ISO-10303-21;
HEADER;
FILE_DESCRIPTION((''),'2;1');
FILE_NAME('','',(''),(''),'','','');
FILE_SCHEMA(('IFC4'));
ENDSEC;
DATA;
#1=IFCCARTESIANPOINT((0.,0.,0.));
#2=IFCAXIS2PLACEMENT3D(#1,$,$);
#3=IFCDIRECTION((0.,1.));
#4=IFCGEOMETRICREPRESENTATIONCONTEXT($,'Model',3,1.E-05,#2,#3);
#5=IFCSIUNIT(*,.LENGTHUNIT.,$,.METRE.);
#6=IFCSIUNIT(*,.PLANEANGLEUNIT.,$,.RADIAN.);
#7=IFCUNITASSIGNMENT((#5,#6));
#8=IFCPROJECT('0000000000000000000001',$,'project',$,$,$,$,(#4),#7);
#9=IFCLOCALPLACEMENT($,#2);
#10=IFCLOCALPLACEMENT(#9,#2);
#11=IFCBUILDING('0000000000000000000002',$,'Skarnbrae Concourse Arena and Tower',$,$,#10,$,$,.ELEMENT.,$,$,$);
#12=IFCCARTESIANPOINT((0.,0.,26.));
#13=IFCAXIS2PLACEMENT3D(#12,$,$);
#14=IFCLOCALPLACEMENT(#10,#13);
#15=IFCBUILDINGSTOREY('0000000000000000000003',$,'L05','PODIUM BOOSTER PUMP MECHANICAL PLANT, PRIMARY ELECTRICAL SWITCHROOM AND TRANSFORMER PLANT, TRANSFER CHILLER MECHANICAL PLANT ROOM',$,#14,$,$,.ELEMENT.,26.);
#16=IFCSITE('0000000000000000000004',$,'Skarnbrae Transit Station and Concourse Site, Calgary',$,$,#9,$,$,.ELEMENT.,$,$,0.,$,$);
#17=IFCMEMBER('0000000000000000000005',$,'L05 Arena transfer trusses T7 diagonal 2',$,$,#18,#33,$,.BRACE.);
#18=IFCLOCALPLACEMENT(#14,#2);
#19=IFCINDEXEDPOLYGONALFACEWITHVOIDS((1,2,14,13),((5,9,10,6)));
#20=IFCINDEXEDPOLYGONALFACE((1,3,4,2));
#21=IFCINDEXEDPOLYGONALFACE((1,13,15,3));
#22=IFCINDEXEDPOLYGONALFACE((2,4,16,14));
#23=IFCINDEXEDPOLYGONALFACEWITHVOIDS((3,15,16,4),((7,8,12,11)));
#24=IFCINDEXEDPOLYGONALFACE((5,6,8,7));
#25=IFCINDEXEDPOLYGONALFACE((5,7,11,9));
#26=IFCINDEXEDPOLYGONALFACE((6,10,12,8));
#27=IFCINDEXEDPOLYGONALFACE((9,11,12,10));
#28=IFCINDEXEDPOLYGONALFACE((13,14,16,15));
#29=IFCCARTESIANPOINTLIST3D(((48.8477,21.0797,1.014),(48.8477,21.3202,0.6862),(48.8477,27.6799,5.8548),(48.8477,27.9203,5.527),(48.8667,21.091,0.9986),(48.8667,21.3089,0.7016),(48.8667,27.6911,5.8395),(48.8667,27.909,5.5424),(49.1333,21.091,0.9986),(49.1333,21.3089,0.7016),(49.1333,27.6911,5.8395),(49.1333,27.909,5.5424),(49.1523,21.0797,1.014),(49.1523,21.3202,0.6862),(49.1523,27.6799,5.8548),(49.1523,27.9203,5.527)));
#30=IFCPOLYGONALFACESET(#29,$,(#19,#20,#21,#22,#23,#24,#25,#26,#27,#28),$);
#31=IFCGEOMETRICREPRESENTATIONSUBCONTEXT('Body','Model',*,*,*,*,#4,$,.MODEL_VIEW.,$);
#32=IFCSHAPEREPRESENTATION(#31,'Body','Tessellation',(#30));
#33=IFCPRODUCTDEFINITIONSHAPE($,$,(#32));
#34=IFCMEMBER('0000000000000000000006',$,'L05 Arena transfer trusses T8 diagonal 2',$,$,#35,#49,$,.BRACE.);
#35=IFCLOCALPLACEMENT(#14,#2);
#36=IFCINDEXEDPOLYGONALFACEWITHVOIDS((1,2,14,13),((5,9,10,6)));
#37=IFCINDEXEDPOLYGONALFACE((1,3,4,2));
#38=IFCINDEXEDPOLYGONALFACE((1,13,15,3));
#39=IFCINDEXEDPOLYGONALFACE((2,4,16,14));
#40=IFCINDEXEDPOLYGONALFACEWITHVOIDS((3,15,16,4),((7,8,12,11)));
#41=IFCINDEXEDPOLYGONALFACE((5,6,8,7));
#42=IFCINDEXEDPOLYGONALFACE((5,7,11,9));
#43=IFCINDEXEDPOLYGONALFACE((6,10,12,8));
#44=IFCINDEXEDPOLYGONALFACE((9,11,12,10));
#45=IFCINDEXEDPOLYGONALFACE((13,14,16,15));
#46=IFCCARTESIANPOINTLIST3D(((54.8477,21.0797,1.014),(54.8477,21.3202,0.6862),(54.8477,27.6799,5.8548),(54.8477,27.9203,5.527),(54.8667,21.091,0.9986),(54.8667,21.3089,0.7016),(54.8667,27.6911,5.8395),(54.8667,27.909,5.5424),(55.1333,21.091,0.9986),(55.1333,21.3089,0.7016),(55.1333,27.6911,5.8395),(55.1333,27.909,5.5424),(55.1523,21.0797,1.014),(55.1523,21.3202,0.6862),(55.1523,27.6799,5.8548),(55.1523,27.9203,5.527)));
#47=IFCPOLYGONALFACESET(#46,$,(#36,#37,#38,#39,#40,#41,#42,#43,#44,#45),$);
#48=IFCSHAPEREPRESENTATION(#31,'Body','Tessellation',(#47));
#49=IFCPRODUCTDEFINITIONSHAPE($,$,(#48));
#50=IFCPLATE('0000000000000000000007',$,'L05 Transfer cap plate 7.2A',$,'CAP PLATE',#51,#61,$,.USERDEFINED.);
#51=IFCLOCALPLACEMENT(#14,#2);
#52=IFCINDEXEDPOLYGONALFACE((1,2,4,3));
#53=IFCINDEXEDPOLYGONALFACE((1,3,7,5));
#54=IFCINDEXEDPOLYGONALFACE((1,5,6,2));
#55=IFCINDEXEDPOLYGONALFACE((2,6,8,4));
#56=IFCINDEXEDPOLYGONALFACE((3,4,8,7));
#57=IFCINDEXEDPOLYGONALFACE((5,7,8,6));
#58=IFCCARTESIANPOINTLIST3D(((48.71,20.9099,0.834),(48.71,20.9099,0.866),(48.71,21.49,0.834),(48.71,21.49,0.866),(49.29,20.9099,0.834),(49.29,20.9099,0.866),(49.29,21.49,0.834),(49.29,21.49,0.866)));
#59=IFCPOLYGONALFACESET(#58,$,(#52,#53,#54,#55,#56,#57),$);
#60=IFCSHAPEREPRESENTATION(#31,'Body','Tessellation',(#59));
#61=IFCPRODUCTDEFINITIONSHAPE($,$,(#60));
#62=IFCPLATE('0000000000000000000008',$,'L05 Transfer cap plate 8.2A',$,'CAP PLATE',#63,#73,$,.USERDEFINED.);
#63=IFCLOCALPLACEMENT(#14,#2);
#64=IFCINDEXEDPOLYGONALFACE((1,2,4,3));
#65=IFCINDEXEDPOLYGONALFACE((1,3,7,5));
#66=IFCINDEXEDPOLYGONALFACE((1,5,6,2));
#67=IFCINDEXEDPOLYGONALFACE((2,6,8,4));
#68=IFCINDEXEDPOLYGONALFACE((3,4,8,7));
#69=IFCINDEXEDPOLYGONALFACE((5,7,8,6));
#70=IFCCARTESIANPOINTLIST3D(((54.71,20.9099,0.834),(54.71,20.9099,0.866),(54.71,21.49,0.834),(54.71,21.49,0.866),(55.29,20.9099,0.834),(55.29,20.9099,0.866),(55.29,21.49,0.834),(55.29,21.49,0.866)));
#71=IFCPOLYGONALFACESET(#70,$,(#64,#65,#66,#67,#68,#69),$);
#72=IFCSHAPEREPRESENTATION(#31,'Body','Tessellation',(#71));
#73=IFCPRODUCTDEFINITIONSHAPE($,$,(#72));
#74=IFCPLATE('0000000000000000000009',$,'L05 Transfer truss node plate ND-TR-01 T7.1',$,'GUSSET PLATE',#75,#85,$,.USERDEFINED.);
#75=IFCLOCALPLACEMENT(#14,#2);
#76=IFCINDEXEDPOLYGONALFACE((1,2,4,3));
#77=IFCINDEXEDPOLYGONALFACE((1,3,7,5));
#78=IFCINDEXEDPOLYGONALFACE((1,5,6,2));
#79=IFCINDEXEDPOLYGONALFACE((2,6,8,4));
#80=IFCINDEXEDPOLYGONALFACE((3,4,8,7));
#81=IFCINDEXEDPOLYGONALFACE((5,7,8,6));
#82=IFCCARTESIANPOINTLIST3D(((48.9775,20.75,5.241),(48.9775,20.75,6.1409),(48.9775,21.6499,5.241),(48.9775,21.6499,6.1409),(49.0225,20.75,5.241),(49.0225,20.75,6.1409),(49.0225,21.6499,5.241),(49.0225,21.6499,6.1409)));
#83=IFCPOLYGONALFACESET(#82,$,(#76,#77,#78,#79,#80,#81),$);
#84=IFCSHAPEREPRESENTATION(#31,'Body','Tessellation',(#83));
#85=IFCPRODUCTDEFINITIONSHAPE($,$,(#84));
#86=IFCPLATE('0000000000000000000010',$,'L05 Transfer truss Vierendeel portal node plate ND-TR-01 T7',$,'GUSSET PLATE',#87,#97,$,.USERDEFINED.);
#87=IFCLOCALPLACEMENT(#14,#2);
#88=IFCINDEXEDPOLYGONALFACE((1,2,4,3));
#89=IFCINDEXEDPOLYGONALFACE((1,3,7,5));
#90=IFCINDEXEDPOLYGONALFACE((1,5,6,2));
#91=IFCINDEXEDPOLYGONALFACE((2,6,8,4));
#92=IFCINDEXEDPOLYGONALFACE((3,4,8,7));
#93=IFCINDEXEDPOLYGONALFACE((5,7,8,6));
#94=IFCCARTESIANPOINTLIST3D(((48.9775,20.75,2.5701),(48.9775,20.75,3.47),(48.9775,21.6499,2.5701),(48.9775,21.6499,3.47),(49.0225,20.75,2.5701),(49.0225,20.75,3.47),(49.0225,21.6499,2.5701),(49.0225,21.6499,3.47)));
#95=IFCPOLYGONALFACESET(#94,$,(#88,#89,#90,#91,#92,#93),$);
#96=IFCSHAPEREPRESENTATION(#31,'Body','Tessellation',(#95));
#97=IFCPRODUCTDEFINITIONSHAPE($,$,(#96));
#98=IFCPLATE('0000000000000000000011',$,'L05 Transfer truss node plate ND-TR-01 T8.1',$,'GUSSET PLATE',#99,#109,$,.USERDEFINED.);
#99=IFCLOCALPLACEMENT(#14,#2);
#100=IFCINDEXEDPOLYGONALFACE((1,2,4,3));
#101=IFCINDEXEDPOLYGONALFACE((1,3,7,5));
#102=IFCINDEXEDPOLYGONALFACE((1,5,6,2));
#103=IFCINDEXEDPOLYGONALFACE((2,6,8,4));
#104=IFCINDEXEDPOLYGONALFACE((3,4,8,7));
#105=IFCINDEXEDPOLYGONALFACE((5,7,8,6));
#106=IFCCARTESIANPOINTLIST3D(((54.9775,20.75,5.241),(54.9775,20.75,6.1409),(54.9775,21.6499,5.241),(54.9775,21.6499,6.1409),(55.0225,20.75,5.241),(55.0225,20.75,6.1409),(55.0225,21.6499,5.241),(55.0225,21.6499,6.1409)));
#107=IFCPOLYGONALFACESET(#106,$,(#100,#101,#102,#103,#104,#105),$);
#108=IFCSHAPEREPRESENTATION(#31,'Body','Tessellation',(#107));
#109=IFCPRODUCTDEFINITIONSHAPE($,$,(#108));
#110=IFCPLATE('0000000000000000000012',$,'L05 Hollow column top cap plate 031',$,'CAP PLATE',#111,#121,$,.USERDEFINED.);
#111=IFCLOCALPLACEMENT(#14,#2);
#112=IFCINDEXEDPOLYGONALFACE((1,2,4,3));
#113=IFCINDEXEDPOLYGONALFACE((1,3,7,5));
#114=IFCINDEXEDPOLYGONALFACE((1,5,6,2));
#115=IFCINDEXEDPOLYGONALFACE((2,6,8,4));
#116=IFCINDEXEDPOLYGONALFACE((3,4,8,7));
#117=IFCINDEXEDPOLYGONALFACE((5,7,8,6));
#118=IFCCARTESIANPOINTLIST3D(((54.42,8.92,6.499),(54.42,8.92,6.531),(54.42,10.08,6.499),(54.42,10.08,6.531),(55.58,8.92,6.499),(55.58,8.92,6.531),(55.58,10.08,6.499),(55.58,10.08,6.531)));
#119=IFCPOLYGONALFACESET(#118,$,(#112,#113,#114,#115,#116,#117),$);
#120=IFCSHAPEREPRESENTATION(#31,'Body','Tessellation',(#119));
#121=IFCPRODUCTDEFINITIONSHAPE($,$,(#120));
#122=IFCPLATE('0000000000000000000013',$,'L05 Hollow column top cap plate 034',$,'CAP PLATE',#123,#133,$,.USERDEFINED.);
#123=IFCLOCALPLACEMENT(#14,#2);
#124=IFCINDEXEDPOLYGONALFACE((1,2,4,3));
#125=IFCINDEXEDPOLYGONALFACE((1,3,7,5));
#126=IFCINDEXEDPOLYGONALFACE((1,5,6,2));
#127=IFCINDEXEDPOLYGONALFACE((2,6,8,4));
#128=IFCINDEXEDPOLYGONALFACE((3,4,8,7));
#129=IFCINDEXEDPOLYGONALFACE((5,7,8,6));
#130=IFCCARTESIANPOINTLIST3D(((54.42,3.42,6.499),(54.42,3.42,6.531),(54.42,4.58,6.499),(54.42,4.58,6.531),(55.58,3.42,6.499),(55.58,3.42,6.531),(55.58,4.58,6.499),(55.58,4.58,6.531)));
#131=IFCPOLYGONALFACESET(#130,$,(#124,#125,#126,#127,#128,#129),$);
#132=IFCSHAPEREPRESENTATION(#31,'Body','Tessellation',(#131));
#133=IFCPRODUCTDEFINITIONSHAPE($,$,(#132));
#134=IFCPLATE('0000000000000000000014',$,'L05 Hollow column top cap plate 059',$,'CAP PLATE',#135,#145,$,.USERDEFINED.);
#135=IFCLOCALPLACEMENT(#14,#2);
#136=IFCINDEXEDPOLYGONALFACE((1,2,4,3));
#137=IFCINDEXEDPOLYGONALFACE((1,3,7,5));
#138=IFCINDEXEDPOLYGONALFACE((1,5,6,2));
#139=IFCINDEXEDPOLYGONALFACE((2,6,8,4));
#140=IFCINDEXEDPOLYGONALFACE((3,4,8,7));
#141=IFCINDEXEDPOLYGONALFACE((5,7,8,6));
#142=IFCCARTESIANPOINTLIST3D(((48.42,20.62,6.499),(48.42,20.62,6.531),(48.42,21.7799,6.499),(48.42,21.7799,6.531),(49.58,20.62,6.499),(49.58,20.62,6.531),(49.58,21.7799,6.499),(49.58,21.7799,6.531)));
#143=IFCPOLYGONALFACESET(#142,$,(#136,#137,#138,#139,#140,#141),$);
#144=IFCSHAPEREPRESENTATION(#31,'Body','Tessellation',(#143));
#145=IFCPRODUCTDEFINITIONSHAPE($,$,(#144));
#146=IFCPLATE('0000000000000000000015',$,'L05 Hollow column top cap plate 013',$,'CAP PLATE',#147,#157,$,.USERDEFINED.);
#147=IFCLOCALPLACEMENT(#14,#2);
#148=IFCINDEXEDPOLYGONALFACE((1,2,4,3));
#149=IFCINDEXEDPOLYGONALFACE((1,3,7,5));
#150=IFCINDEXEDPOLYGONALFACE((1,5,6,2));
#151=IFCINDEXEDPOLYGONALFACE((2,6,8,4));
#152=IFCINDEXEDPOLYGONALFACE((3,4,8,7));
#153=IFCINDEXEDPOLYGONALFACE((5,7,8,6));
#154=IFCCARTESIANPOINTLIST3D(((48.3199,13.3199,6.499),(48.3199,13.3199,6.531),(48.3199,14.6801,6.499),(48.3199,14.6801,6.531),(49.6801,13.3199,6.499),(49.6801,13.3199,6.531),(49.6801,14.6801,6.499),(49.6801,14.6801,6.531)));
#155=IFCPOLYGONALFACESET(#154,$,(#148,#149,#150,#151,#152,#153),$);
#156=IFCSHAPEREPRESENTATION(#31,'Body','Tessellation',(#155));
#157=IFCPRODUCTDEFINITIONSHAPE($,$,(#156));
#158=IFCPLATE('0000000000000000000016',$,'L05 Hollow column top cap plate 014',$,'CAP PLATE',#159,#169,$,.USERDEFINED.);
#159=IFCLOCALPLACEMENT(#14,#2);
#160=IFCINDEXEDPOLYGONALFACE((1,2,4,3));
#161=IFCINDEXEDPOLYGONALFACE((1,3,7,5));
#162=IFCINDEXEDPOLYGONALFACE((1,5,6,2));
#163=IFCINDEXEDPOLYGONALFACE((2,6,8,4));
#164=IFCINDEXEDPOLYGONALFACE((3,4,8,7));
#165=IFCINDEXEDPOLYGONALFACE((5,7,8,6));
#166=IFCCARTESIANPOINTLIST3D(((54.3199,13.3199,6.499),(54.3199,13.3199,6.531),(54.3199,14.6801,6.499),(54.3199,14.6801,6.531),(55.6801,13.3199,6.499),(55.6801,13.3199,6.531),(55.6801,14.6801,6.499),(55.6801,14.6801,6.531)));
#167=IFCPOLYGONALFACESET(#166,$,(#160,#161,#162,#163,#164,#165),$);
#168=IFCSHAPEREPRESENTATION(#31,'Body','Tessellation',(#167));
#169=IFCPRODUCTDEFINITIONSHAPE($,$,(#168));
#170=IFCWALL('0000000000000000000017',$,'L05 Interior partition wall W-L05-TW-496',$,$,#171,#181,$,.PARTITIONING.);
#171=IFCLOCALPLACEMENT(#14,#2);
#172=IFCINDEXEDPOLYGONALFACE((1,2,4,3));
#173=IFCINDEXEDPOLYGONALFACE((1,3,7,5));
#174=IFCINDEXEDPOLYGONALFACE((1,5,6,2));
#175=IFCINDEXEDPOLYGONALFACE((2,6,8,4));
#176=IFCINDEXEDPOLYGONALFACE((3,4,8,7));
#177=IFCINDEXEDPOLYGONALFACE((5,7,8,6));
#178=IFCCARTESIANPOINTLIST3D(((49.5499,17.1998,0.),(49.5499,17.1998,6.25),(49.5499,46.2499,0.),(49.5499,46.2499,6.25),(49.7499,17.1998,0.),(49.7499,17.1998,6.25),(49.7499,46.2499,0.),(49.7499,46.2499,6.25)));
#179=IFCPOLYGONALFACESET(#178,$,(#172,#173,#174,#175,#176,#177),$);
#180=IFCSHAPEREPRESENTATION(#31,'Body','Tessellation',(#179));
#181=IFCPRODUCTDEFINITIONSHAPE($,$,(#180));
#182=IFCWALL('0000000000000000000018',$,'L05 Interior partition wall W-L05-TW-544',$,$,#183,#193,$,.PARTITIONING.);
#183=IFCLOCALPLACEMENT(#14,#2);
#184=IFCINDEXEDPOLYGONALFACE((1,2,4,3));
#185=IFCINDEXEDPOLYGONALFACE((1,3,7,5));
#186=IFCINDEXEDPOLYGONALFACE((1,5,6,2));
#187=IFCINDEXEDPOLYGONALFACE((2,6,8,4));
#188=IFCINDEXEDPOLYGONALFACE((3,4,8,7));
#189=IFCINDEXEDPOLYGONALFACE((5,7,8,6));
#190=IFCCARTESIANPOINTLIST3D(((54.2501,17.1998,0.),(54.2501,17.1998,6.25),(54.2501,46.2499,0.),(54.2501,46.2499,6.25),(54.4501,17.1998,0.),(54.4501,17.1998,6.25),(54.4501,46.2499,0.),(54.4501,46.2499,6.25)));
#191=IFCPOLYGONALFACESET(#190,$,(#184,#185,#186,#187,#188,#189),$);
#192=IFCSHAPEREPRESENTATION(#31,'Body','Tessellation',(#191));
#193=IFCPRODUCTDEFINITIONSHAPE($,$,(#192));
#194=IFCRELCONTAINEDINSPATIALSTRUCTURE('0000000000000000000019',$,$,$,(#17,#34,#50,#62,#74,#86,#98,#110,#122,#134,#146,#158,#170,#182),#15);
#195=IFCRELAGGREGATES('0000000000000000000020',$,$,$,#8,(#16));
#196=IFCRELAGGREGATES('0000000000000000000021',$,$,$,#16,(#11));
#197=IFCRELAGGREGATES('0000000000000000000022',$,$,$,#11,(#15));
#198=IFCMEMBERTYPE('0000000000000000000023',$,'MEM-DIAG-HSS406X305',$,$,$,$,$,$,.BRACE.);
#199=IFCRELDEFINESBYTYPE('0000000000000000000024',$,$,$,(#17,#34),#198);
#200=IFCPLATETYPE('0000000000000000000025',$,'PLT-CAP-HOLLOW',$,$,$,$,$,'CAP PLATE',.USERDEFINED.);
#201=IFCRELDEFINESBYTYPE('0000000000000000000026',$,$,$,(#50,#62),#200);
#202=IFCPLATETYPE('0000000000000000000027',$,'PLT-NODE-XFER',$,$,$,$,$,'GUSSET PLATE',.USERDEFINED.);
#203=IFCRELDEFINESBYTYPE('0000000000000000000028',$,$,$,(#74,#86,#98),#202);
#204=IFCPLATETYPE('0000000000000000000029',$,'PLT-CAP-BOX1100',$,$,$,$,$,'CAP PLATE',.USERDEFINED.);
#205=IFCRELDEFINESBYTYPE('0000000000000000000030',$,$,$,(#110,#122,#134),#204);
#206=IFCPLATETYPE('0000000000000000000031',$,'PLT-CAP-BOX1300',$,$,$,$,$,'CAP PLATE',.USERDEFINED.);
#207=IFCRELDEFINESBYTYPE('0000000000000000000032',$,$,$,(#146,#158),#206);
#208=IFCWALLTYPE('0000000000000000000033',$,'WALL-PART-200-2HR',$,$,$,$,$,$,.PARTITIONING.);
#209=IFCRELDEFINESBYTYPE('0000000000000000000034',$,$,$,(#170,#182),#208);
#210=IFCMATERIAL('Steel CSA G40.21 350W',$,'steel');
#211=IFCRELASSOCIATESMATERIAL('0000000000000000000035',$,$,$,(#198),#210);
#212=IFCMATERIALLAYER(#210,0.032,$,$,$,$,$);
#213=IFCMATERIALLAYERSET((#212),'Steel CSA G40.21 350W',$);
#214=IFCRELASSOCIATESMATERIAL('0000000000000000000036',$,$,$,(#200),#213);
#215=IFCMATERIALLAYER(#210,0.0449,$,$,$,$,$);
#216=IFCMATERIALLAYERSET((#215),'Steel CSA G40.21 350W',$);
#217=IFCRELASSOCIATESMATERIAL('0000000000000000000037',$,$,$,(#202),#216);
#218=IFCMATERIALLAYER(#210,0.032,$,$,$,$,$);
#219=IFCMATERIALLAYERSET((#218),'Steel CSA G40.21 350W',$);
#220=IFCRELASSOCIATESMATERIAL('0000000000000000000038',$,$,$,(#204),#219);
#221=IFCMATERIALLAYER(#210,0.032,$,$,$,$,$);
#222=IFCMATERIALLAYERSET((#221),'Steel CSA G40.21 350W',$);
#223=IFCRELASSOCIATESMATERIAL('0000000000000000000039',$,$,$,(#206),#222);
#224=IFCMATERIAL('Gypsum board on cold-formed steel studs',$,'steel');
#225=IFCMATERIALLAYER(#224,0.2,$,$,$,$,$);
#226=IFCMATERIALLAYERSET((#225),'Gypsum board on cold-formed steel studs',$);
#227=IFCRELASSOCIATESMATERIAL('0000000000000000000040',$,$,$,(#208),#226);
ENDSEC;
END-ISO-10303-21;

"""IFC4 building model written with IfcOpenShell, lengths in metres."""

from ifc_helpers import new_model, si_unit, direction, frame, frame_2d, origin, origin_2d, place, context, subcontext, project, spatial, rectangle, hollow_rectangle, extrude, source, transform, mapped, material, layer, layer_set, material_profile, profile_set, type_object, element, save


model = new_model("IFC4")

# Units and contexts
model_context = context("Model", 3, precision=1e-05, world=origin(), true_north=direction((0.0, 1.0)))
body_context = subcontext(model_context, "Body", "Model", "MODEL_VIEW")
ifc_project = project(units=[si_unit("LENGTHUNIT", "METRE"), si_unit("PLANEANGLEUNIT", "RADIAN")], contexts=[model_context])

# Site, building, storey
site_placement = place(None, origin())
site = spatial("IfcSite", under=ifc_project, at=site_placement, Name="Skarnbrae Transit Station and Concourse Site, Calgary", CompositionType="ELEMENT", RefElevation=0.0)
building_placement = place(site_placement, origin())
building = spatial("IfcBuilding", under=site, at=building_placement, Name="Skarnbrae Concourse Arena and Tower", CompositionType="ELEMENT")
storey_placement = place(building_placement, frame((0.0, 0.0, 26.0)))
storey = spatial("IfcBuildingStorey", under=building, at=storey_placement, Name="L05", Description="PODIUM BOOSTER PUMP MECHANICAL PLANT, PRIMARY ELECTRICAL SWITCHROOM AND TRANSFORMER PLANT, TRANSFER CHILLER MECHANICAL PLANT ROOM", CompositionType="ELEMENT", Elevation=26.0)

# Shared definitions
ifc_material_1 = material(Name="Steel CSA G40.21 350W", Category="steel")

# Members
ifc_material_profile_1 = material_profile(ifc_material_1, hollow_rectangle(XDim=0.3047, YDim=0.4065, WallThickness=0.019, at=origin_2d()), Name="HSS406X305X19.0")
ifc_profile_set_1 = profile_set([ifc_material_profile_1], Name="Steel CSA G40.21 350W")
member_type = type_object("IfcMemberType", Name="MEM-DIAG-HSS406X305", PredefinedType="BRACE", material=ifc_profile_set_1)
shared_shape_1 = source(origin(), body_context, "Body", "SweptSolid", [
    extrude(hollow_rectangle(XDim=0.3047, YDim=0.4065, WallThickness=0.019, at=origin_2d()), origin(), (0.0, 0.0, 1.0), 8.1851),
])
for number, where, z_axis, x_axis, name in (
    (1, (49.0, 21.2, 0.8501), (0.0, 0.806361, 0.591423), (-1.0, 0.0, 0.0), "L05 Arena transfer trusses T7 diagonal 2"),
    (2, (55.0, 21.2, 0.8501), (0.0, 0.806361, 0.591423), (-1.0, 0.0, 0.0), "L05 Arena transfer trusses T8 diagonal 2"),
):
    element("IfcMember", number, at=place(storey_placement, frame(where, z_axis=z_axis, x_axis=x_axis)), inside=storey, type_object=member_type, Name=name, PredefinedType="BRACE", context=body_context, shape_type="MappedRepresentation", body=[
        mapped(shared_shape_1, transform((0.0, 0.0, 0.0))),
    ])

# Plates
ifc_layer_1 = layer(ifc_material_1, 0.032)
ifc_layer_set_1 = layer_set([ifc_layer_1], Name="Steel CSA G40.21 350W")
plate_type_1 = type_object("IfcPlateType", Name="PLT-CAP-HOLLOW", ElementType="CAP PLATE", PredefinedType="USERDEFINED", material=ifc_layer_set_1)
shared_shape_2 = source(origin(), body_context, "Body", "SweptSolid", [
    extrude(rectangle(XDim=0.5801, YDim=0.5801, at=origin_2d()), origin(), (0.0, 0.0, 1.0), 0.032),
])
for number, where, z_axis, x_axis, name in (
    (3, (49.0, 21.2, 0.834), (0.0, 0.0, 1.0), (1.0, 0.0, 0.0), "L05 Transfer cap plate 7.2A"),
    (4, (55.0, 21.2, 0.834), (0.0, 0.0, 1.0), (1.0, 0.0, 0.0), "L05 Transfer cap plate 8.2A"),
):
    element("IfcPlate", number, at=place(storey_placement, frame(where, z_axis=z_axis, x_axis=x_axis)), inside=storey, type_object=plate_type_1, Name=name, ObjectType="CAP PLATE", PredefinedType="USERDEFINED", context=body_context, shape_type="MappedRepresentation", body=[
        mapped(shared_shape_2, transform((0.0, 0.0, 0.0))),
    ])
ifc_layer_2 = layer(ifc_material_1, 0.0449)
ifc_layer_set_2 = layer_set([ifc_layer_2], Name="Steel CSA G40.21 350W")
plate_type_2 = type_object("IfcPlateType", Name="PLT-NODE-XFER", ElementType="GUSSET PLATE", PredefinedType="USERDEFINED", material=ifc_layer_set_2)
shared_shape_3 = source(origin(), body_context, "Body", "SweptSolid", [
    extrude(rectangle(XDim=0.8999, YDim=0.0449, at=origin_2d()), origin(), (0.0, 0.0, 1.0), 0.8999),
])
for number, where, z_axis, x_axis, name in (
    (5, (49.0, 21.2, 5.241), (0.0, 0.0, 1.0), (0.0, 1.0, 0.0), "L05 Transfer truss node plate ND-TR-01 T7.1"),
    (6, (49.0, 21.2, 2.5701), (0.0, 0.0, 1.0), (0.0, 1.0, 0.0), "L05 Transfer truss Vierendeel portal node plate ND-TR-01 T7"),
    (7, (55.0, 21.2, 5.241), (0.0, 0.0, 1.0), (0.0, 1.0, 0.0), "L05 Transfer truss node plate ND-TR-01 T8.1"),
):
    element("IfcPlate", number, at=place(storey_placement, frame(where, z_axis=z_axis, x_axis=x_axis)), inside=storey, type_object=plate_type_2, Name=name, ObjectType="GUSSET PLATE", PredefinedType="USERDEFINED", context=body_context, shape_type="MappedRepresentation", body=[
        mapped(shared_shape_3, transform((0.0, 0.0, 0.0))),
    ])
ifc_layer_3 = layer(ifc_material_1, 0.032)
ifc_layer_set_3 = layer_set([ifc_layer_3], Name="Steel CSA G40.21 350W")
plate_type_3 = type_object("IfcPlateType", Name="PLT-CAP-BOX1100", ElementType="CAP PLATE", PredefinedType="USERDEFINED", material=ifc_layer_set_3)
shared_shape_4 = source(origin(), body_context, "Body", "SweptSolid", [
    extrude(rectangle(XDim=1.1599, YDim=1.1599, at=origin_2d()), origin(), (0.0, 0.0, 1.0), 0.032),
])
for number, where, z_axis, x_axis, name in (
    (8, (55.0, 9.5, 6.499), (0.0, 0.0, 1.0), (1.0, 0.0, 0.0), "L05 Hollow column top cap plate 031"),
    (9, (55.0, 4.0, 6.499), (0.0, 0.0, 1.0), (1.0, 0.0, 0.0), "L05 Hollow column top cap plate 034"),
    (10, (49.0, 21.2, 6.499), (0.0, 0.0, 1.0), (1.0, 0.0, 0.0), "L05 Hollow column top cap plate 059"),
):
    element("IfcPlate", number, at=place(storey_placement, frame(where, z_axis=z_axis, x_axis=x_axis)), inside=storey, type_object=plate_type_3, Name=name, ObjectType="CAP PLATE", PredefinedType="USERDEFINED", context=body_context, shape_type="MappedRepresentation", body=[
        mapped(shared_shape_4, transform((0.0, 0.0, 0.0))),
    ])
ifc_layer_4 = layer(ifc_material_1, 0.032)
ifc_layer_set_4 = layer_set([ifc_layer_4], Name="Steel CSA G40.21 350W")
plate_type_4 = type_object("IfcPlateType", Name="PLT-CAP-BOX1300", ElementType="CAP PLATE", PredefinedType="USERDEFINED", material=ifc_layer_set_4)
shared_shape_5 = source(origin(), body_context, "Body", "SweptSolid", [
    extrude(rectangle(XDim=1.3601, YDim=1.3601, at=origin_2d()), origin(), (0.0, 0.0, 1.0), 0.032),
])
for number, where, z_axis, x_axis, name in (
    (11, (49.0, 14.0, 6.499), (0.0, 0.0, 1.0), (1.0, 0.0, 0.0), "L05 Hollow column top cap plate 013"),
    (12, (55.0, 14.0, 6.499), (0.0, 0.0, 1.0), (1.0, 0.0, 0.0), "L05 Hollow column top cap plate 014"),
):
    element("IfcPlate", number, at=place(storey_placement, frame(where, z_axis=z_axis, x_axis=x_axis)), inside=storey, type_object=plate_type_4, Name=name, ObjectType="CAP PLATE", PredefinedType="USERDEFINED", context=body_context, shape_type="MappedRepresentation", body=[
        mapped(shared_shape_5, transform((0.0, 0.0, 0.0))),
    ])

# Walls
ifc_material_2 = material(Name="Gypsum board on cold-formed steel studs", Category="steel")
ifc_layer_5 = layer(ifc_material_2, 0.2)
ifc_layer_set_5 = layer_set([ifc_layer_5], Name="Gypsum board on cold-formed steel studs")
wall_type = type_object("IfcWallType", Name="WALL-PART-200-2HR", PredefinedType="PARTITIONING", material=ifc_layer_set_5)
shared_shape_6 = source(origin(), body_context, "Body", "SweptSolid", [
    extrude(rectangle(XDim=29.05, YDim=0.2, at=frame_2d((14.5249, 0.0))), origin(), (0.0, 0.0, 1.0), 6.25),
])
for number, where, z_axis, x_axis, name in (
    (13, (49.6499, 17.2, 0.0), (0.0, 0.0, 1.0), (0.0, 1.0, 0.0), "L05 Interior partition wall W-L05-TW-496"),
    (14, (54.3501, 17.2, 0.0), (0.0, 0.0, 1.0), (0.0, 1.0, 0.0), "L05 Interior partition wall W-L05-TW-544"),
):
    element("IfcWall", number, at=place(storey_placement, frame(where, z_axis=z_axis, x_axis=x_axis)), inside=storey, type_object=wall_type, Name=name, PredefinedType="PARTITIONING", context=body_context, shape_type="MappedRepresentation", body=[
        mapped(shared_shape_6, transform((0.0, 0.0, 0.0))),
    ])

save(model, "model.ifc")
